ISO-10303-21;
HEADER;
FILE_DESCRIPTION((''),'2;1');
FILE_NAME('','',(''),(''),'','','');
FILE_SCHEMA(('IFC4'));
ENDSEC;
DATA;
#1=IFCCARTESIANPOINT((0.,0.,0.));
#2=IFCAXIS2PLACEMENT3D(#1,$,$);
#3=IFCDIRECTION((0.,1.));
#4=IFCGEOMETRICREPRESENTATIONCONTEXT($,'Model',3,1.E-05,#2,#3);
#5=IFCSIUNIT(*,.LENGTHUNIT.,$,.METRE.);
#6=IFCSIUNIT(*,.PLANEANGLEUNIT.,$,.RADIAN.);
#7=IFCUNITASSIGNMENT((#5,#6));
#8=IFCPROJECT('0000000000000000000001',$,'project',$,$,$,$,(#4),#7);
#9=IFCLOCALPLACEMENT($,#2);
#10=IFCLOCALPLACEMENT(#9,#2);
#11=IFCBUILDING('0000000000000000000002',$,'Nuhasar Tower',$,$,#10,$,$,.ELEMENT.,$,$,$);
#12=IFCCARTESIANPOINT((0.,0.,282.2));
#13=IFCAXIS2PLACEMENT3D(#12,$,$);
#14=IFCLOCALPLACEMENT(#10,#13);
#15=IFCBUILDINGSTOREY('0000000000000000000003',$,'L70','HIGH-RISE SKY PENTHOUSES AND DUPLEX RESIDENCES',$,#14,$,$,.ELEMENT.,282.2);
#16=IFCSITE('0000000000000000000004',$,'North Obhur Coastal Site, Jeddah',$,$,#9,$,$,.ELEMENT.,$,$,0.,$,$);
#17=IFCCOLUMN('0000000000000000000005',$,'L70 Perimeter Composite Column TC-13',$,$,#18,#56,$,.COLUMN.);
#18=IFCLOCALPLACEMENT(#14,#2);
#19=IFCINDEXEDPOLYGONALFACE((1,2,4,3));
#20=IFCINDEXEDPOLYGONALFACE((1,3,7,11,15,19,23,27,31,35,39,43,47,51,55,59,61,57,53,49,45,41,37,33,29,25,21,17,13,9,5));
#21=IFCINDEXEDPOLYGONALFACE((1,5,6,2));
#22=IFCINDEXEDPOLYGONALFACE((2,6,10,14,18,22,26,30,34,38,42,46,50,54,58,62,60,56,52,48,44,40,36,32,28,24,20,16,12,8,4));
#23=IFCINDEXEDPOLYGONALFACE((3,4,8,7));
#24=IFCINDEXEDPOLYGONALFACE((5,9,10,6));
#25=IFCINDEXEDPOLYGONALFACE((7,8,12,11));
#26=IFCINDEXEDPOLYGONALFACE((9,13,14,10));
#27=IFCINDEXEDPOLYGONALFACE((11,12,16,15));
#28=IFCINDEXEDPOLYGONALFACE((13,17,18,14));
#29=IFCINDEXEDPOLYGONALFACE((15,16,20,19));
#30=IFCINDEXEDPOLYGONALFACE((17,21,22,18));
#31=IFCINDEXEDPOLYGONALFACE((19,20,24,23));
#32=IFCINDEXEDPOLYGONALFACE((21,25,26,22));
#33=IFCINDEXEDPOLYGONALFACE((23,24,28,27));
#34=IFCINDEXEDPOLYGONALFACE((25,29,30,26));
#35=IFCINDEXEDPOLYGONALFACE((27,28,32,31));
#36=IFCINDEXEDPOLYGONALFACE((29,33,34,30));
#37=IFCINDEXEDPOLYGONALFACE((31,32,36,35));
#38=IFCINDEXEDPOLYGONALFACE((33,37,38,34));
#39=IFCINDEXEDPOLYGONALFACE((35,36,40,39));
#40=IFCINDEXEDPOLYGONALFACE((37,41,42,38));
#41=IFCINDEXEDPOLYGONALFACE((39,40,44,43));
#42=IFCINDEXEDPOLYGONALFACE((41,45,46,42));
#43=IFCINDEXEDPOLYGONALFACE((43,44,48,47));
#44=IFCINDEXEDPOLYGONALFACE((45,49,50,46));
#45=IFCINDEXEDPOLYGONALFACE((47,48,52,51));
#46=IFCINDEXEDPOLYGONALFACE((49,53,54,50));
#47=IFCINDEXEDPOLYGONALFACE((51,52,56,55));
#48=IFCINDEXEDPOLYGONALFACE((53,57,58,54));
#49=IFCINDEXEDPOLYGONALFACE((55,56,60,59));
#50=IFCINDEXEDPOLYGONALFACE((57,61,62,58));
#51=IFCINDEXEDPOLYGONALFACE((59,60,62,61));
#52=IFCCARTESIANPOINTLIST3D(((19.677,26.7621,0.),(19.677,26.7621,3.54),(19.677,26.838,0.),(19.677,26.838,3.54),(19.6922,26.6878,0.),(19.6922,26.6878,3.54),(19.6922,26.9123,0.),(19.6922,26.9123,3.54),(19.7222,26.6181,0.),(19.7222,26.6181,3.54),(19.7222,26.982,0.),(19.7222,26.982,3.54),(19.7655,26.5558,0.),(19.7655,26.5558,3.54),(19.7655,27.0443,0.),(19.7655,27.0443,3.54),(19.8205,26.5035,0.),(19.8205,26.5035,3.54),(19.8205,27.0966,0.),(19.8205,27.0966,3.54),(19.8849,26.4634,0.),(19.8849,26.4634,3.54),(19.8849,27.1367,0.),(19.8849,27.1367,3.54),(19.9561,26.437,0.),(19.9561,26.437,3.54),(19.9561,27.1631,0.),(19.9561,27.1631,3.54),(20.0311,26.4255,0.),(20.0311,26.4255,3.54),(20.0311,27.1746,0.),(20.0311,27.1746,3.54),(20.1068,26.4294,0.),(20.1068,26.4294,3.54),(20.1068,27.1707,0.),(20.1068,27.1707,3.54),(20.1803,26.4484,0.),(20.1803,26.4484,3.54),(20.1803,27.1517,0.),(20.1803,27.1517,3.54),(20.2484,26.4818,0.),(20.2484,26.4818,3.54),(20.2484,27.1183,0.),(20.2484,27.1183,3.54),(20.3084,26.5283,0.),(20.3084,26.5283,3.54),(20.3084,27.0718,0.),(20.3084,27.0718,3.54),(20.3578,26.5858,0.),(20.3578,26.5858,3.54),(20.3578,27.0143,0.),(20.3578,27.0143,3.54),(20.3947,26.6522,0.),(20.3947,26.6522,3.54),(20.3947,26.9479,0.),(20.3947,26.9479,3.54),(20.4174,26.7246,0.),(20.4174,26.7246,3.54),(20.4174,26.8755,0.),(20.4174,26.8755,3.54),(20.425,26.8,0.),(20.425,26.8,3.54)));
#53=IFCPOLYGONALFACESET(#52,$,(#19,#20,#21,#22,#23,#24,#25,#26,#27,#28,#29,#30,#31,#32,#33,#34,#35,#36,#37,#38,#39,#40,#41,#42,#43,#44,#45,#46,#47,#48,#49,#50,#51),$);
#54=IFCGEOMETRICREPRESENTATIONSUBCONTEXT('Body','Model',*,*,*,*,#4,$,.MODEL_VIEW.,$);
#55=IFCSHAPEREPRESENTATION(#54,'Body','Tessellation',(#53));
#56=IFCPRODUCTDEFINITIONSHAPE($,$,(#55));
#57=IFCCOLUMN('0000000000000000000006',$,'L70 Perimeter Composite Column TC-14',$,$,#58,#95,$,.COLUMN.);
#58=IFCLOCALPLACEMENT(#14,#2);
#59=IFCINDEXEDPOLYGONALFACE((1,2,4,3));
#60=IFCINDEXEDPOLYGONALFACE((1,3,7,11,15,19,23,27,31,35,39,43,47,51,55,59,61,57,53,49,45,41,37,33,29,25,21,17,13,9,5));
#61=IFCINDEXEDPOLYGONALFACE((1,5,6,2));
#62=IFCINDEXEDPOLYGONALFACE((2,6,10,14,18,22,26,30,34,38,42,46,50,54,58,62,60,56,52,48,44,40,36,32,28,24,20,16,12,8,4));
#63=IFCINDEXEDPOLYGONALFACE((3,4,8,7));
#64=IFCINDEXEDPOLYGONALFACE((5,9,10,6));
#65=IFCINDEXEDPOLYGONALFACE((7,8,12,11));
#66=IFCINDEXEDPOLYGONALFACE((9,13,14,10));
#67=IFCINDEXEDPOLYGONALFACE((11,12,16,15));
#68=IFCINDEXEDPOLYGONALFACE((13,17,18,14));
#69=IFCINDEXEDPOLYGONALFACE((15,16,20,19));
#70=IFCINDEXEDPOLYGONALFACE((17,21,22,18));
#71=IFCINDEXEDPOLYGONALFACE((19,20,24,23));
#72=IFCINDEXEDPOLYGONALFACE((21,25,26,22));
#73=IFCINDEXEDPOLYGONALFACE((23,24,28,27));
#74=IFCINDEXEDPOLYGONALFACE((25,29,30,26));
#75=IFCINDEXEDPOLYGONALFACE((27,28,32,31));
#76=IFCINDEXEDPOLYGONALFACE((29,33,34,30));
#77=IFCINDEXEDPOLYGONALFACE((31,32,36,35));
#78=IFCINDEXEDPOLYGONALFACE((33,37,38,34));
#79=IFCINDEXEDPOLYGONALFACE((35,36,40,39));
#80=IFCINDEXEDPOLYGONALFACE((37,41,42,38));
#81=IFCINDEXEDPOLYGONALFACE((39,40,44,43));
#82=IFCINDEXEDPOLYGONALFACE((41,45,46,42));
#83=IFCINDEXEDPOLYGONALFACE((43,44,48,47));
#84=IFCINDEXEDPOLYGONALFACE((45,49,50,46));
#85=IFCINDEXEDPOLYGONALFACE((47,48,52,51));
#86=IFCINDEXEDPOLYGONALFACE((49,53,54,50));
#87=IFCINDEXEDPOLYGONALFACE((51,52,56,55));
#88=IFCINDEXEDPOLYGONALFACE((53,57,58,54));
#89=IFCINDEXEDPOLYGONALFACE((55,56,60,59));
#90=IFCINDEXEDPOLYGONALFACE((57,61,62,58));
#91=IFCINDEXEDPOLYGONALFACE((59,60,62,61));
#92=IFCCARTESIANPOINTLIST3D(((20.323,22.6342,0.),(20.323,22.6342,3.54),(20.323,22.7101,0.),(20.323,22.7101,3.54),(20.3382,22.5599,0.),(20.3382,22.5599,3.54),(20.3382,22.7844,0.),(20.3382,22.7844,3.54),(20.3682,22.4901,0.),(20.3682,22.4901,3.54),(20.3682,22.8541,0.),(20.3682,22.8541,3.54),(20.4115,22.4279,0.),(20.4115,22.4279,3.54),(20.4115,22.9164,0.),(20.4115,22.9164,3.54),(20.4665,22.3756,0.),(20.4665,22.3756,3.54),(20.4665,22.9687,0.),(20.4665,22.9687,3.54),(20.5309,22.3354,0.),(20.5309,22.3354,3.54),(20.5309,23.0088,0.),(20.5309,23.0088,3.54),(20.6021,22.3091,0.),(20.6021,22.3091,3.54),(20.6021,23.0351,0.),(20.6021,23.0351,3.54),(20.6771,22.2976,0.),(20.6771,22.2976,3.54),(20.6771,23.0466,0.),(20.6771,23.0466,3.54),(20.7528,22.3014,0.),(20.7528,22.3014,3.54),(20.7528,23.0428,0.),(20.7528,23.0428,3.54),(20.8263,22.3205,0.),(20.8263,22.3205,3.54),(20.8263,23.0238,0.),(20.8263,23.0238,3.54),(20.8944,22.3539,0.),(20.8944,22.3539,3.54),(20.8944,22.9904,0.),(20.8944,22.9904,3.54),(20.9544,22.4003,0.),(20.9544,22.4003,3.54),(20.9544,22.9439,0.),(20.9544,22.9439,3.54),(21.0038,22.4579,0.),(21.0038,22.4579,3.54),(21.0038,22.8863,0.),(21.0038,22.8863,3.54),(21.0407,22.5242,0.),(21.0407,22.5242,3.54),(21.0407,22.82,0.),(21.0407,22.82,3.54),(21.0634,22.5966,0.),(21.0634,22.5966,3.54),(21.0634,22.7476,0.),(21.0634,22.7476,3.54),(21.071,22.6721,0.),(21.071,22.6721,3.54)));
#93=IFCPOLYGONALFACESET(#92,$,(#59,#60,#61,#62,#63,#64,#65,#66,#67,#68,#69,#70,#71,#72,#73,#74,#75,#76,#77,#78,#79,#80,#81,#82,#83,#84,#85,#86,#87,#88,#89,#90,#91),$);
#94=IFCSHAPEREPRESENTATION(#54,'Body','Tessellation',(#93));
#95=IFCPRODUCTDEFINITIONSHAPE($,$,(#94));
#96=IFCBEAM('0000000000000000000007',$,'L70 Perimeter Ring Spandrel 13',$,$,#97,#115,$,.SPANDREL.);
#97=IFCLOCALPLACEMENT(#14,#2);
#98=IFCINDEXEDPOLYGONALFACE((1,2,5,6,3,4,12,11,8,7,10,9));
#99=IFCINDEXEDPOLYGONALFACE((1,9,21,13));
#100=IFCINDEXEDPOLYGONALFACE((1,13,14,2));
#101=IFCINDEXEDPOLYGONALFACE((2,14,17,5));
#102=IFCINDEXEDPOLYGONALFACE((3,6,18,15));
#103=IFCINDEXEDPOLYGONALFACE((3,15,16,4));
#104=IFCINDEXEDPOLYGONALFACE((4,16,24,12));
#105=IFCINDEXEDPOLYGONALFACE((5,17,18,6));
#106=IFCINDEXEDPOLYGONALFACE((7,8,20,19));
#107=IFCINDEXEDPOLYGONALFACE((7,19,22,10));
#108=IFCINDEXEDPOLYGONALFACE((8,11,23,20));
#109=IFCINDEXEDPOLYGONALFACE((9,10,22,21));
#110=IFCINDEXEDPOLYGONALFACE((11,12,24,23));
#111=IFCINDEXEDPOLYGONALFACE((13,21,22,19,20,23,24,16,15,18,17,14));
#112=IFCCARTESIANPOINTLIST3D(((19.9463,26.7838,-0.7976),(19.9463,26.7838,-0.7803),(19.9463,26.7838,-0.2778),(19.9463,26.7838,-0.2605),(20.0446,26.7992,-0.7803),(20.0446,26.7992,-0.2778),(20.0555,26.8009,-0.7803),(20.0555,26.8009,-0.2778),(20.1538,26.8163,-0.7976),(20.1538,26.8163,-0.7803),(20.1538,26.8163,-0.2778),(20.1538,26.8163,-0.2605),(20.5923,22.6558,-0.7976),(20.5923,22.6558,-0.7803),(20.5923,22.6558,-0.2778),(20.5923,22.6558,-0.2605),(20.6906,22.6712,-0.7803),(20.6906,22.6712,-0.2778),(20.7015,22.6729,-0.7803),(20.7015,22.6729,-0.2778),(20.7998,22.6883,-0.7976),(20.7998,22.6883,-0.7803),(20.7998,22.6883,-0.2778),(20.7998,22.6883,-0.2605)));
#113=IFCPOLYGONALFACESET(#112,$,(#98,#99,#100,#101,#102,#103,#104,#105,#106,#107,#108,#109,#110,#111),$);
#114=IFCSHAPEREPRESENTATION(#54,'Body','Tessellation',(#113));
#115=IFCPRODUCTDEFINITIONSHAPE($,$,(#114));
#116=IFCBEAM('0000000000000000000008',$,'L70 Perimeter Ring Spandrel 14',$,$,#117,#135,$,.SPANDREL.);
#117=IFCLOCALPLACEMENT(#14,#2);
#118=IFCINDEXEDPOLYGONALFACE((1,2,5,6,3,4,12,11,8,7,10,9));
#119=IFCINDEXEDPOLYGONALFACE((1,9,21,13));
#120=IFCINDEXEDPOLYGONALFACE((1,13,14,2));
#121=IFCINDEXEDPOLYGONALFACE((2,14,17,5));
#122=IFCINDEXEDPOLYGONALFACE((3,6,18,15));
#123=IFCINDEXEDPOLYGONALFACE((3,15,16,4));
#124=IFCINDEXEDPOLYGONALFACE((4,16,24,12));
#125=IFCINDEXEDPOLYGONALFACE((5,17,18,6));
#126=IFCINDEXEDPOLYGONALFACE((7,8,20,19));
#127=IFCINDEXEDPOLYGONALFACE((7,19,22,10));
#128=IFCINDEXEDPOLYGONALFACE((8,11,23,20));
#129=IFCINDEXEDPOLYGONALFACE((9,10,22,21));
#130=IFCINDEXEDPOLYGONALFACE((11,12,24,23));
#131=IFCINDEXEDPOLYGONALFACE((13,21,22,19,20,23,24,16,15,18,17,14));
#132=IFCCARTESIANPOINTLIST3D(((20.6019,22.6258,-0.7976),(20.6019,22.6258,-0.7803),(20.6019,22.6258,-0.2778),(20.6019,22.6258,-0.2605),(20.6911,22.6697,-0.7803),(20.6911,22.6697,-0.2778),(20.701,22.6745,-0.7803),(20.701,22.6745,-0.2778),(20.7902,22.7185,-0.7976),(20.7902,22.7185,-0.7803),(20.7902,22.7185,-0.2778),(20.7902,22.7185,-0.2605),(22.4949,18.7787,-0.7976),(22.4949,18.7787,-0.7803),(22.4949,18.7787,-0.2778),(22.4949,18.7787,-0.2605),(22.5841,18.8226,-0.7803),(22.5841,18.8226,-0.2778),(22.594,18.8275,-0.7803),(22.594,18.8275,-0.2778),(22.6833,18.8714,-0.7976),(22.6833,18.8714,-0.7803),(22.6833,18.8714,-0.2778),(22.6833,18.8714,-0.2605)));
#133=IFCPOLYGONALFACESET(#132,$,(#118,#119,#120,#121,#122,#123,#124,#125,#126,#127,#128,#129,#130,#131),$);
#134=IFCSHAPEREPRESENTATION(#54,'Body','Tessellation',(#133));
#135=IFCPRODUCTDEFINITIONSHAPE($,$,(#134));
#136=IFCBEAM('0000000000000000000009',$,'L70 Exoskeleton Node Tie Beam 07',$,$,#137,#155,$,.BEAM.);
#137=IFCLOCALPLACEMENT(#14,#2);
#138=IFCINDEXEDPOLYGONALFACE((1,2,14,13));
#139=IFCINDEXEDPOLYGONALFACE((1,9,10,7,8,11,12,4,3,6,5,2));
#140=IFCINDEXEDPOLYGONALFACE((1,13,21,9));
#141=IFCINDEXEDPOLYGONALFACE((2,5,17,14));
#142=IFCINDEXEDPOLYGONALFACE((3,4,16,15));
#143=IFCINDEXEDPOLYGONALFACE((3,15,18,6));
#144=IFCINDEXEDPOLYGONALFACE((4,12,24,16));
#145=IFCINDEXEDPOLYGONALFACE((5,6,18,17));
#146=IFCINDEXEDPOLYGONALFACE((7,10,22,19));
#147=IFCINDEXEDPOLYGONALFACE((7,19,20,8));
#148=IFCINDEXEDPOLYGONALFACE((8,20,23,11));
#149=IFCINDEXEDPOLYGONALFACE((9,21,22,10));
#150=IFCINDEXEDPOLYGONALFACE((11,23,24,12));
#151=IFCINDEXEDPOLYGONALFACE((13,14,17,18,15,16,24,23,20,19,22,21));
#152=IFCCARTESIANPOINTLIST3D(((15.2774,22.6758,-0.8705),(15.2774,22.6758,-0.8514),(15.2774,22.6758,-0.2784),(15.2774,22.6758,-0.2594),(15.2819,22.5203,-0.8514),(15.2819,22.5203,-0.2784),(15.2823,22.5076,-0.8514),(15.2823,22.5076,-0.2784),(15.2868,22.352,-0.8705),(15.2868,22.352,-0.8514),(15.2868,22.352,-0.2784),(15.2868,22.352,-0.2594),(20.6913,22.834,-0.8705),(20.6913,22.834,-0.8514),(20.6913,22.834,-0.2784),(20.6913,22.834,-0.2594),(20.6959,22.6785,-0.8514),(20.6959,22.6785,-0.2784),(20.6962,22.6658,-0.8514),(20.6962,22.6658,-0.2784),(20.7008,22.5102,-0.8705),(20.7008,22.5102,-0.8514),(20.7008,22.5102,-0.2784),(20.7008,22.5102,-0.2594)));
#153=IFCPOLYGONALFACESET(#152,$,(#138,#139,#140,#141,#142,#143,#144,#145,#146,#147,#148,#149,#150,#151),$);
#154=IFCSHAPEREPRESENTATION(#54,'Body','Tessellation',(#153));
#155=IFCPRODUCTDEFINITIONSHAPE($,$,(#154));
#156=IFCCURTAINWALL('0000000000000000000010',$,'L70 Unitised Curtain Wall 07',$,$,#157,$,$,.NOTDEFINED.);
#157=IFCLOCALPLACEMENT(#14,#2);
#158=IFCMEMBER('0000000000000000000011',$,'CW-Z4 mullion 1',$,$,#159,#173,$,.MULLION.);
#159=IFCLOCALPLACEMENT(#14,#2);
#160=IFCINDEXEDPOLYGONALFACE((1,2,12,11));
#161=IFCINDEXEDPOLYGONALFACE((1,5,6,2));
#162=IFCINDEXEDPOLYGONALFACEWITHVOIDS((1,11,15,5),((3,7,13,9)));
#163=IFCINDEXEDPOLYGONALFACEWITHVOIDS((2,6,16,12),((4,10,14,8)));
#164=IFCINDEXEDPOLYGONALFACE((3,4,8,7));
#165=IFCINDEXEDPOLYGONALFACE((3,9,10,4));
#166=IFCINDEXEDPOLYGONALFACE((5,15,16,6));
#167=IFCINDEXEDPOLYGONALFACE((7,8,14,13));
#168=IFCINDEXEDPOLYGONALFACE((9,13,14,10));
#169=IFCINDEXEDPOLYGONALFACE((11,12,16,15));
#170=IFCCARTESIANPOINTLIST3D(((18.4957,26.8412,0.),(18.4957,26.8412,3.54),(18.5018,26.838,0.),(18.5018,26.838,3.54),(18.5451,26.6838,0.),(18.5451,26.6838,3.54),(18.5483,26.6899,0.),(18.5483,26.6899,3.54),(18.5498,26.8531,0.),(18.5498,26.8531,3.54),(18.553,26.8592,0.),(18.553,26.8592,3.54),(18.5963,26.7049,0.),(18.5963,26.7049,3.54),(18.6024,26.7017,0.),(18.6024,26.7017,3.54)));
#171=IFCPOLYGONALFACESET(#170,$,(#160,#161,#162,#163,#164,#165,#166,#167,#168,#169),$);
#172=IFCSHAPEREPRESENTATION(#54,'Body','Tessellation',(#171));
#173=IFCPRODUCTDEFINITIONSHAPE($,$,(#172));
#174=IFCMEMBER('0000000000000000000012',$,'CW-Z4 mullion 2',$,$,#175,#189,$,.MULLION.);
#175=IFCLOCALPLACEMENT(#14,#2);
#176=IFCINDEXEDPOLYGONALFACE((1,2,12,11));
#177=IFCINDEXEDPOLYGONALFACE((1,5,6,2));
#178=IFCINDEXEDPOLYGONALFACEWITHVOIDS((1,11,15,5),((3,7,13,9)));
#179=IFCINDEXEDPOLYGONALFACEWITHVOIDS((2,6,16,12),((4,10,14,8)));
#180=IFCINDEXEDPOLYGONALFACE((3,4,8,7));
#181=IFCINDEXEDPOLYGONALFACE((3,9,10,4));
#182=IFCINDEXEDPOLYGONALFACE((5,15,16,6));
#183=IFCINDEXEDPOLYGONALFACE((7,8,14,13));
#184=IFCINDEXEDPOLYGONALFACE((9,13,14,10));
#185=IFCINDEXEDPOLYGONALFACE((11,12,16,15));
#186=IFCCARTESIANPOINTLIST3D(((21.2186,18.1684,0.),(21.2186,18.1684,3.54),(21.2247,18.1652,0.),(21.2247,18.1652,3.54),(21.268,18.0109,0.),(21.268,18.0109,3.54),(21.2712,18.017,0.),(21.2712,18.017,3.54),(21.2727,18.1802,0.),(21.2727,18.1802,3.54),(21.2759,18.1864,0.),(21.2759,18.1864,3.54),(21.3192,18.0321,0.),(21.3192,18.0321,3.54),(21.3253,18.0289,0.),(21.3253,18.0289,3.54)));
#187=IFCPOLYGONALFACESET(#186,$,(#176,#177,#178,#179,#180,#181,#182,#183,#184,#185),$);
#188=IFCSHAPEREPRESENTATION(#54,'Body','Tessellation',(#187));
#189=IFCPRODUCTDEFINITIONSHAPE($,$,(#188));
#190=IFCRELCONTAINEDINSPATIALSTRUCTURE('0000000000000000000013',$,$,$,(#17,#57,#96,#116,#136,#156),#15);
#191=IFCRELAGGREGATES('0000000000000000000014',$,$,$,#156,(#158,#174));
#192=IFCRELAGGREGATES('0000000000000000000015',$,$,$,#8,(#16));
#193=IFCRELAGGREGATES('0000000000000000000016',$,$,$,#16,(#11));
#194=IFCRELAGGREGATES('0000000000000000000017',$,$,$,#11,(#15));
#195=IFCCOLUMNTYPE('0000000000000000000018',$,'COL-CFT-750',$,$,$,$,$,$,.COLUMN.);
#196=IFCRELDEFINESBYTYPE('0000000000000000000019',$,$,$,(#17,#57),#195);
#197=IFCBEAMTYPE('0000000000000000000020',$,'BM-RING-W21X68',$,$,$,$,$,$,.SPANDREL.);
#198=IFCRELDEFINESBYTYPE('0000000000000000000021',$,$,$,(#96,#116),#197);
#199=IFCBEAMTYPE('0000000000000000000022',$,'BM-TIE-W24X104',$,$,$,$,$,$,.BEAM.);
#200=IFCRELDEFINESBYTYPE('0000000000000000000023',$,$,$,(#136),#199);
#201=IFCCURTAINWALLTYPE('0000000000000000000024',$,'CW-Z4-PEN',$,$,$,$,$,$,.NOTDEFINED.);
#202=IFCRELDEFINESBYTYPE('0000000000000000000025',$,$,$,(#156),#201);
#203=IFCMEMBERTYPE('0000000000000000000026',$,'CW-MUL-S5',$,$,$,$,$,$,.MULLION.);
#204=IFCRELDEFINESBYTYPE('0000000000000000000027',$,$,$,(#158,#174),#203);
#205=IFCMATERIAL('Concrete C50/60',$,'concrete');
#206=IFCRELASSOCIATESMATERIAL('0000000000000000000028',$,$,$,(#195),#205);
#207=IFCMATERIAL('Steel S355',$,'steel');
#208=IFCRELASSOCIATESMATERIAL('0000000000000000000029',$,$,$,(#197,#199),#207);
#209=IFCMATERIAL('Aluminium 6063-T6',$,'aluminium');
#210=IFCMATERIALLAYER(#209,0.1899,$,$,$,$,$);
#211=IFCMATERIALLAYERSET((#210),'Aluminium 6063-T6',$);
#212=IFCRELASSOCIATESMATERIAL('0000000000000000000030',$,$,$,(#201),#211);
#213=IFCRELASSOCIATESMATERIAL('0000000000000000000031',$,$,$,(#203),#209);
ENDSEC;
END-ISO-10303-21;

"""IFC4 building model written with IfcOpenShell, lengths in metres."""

from ifc_helpers import new_model, si_unit, direction, frame, origin, origin_2d, place, context, subcontext, project, spatial, hollow_rectangle, circle, i_section, extrude, material, layer, layer_set, material_profile, profile_set, type_object, element, aggregate, save


model = new_model("IFC4")

# Units and contexts
model_context = context("Model", 3, precision=1e-05, world=origin(), true_north=direction((0.0, 1.0)))
body_context = subcontext(model_context, "Body", "Model", "MODEL_VIEW")
ifc_project = project(units=[si_unit("LENGTHUNIT", "METRE"), si_unit("PLANEANGLEUNIT", "RADIAN")], contexts=[model_context])

# Site, building, storey
site_placement = place(None, origin())
site = spatial("IfcSite", under=ifc_project, at=site_placement, Name="North Obhur Coastal Site, Jeddah", CompositionType="ELEMENT", RefElevation=0.0)
building_placement = place(site_placement, origin())
building = spatial("IfcBuilding", under=site, at=building_placement, Name="Nuhasar Tower", CompositionType="ELEMENT")
storey_placement = place(building_placement, frame((0.0, 0.0, 282.2)))
storey = spatial("IfcBuildingStorey", under=building, at=storey_placement, Name="L70", Description="HIGH-RISE SKY PENTHOUSES AND DUPLEX RESIDENCES", CompositionType="ELEMENT", Elevation=282.2)

# Columns
ifc_material_1 = material(Name="Concrete C50/60", Category="concrete")
ifc_material_profile_1 = material_profile(ifc_material_1, circle(Radius=0.375, at=origin_2d()), Name="CFT750")
ifc_profile_set_1 = profile_set([ifc_material_profile_1], Name="Concrete C50/60")
column_type = type_object("IfcColumnType", Name="COL-CFT-750", PredefinedType="COLUMN", material=ifc_profile_set_1)
for number, where, z_axis, x_axis, name in (
    (1, (20.05, 26.8, 0.0), (0.0, 0.0, 1.0), (1.0, 0.0, 0.0), "L70 Perimeter Composite Column TC-13"),
    (2, (20.696, 22.6721, 0.0), (0.0, 0.0, 1.0), (1.0, 0.0, 0.0), "L70 Perimeter Composite Column TC-14"),
):
    element("IfcColumn", number, at=place(storey_placement, frame(where, z_axis=z_axis, x_axis=x_axis)), inside=storey, type_object=column_type, Name=name, PredefinedType="COLUMN", context=body_context, shape_type="SweptSolid", body=[
        extrude(circle(Radius=0.375, at=origin_2d()), origin(), (0.0, 0.0, 1.0), 3.54),
    ])

# Beams
ifc_material_2 = material(Name="Steel S355", Category="steel")
ifc_material_profile_2 = material_profile(ifc_material_2, i_section(OverallWidth=0.21, OverallDepth=0.5371, WebThickness=0.011, FlangeThickness=0.0173, at=origin_2d()), Name="W21X68")
ifc_profile_set_2 = profile_set([ifc_material_profile_2], Name="Steel S355")
beam_type_1 = type_object("IfcBeamType", Name="BM-RING-W21X68", PredefinedType="SPANDREL", material=ifc_profile_set_2)
beam_1_placement = place(storey_placement, frame((20.05, 26.8, -0.5291), z_axis=(0.154612, -0.987975, 0.0), x_axis=(0.987975, 0.154612, 0.0)))
element("IfcBeam", 3, at=beam_1_placement, inside=storey, type_object=beam_type_1, Name="L70 Perimeter Ring Spandrel 13", PredefinedType="SPANDREL", context=body_context, shape_type="SweptSolid", body=[
    extrude(i_section(OverallWidth=0.21, OverallDepth=0.5371, WebThickness=0.011, FlangeThickness=0.0173, at=origin_2d()), origin(), (0.0, 0.0, 1.0), 4.1782),
])
beam_2_placement = place(storey_placement, frame((20.696, 22.6721, -0.5291), z_axis=(0.441511, -0.897256, 0.0), x_axis=(0.897256, 0.441511, 0.0)))
element("IfcBeam", 4, at=beam_2_placement, inside=storey, type_object=beam_type_1, Name="L70 Perimeter Ring Spandrel 14", PredefinedType="SPANDREL", context=body_context, shape_type="SweptSolid", body=[
    extrude(i_section(OverallWidth=0.21, OverallDepth=0.5371, WebThickness=0.011, FlangeThickness=0.0173, at=origin_2d()), origin(), (0.0, 0.0, 1.0), 4.2876),
])
ifc_material_profile_3 = material_profile(ifc_material_2, i_section(OverallWidth=0.324, OverallDepth=0.6111, WebThickness=0.0127, FlangeThickness=0.019, at=origin_2d()), Name="W24X104")
ifc_profile_set_3 = profile_set([ifc_material_profile_3], Name="Steel S355")
beam_type_2 = type_object("IfcBeamType", Name="BM-TIE-W24X104", PredefinedType="BEAM", material=ifc_profile_set_3)
beam_3_placement = place(storey_placement, frame((20.696, 22.6721, -0.5649), z_axis=(-0.999573, -0.029208, 0.0), x_axis=(0.029208, -0.999573, 0.0)))
element("IfcBeam", 5, at=beam_3_placement, inside=storey, type_object=beam_type_2, Name="L70 Exoskeleton Node Tie Beam 07", PredefinedType="BEAM", context=body_context, shape_type="SweptSolid", body=[
    extrude(i_section(OverallWidth=0.324, OverallDepth=0.6111, WebThickness=0.0127, FlangeThickness=0.019, at=origin_2d()), origin(), (0.0, 0.0, 1.0), 5.4163),
])

# Curtain wall, members
ifc_material_3 = material(Name="Aluminium 6063-T6", Category="aluminium")
ifc_layer_1 = layer(ifc_material_3, 0.1899)
ifc_layer_set_1 = layer_set([ifc_layer_1], Name="Aluminium 6063-T6")
curtain_wall_type = type_object("IfcCurtainWallType", Name="CW-Z4-PEN", PredefinedType="NOTDEFINED", material=ifc_layer_set_1)
curtain_wall_1_placement = place(storey_placement, origin())
curtain_wall_1 = element("IfcCurtainWall", 6, at=curtain_wall_1_placement, inside=storey, type_object=curtain_wall_type, Name="L70 Unitised Curtain Wall 07", PredefinedType="NOTDEFINED")
ifc_material_profile_4 = material_profile(ifc_material_3, hollow_rectangle(XDim=0.0601, YDim=0.165, WallThickness=0.0049, at=origin_2d()), Name="CWM-5")
ifc_profile_set_4 = profile_set([ifc_material_profile_4], Name="Aluminium 6063-T6")
member_type_1 = type_object("IfcMemberType", Name="CW-MUL-S5", PredefinedType="MULLION", material=ifc_profile_set_4)
member_1_placement = place(storey_placement, frame((18.5491, 26.7715, 0.0), z_axis=(0.0, 0.0, 1.0), x_axis=(0.954079, 0.299557, 0.0)))
member_1 = element("IfcMember", 7, at=member_1_placement, type_object=member_type_1, Name="CW-Z4 mullion 1", PredefinedType="MULLION", context=body_context, shape_type="SweptSolid", body=[
    extrude(hollow_rectangle(XDim=0.0601, YDim=0.165, WallThickness=0.0049, at=origin_2d()), origin(), (0.0, 0.0, 1.0), 3.54),
])
member_2_placement = place(storey_placement, frame((21.272, 18.0986, 0.0), z_axis=(0.0, 0.0, 1.0), x_axis=(0.954079, 0.299557, 0.0)))
member_2 = element("IfcMember", 8, at=member_2_placement, type_object=member_type_1, Name="CW-Z4 mullion 2", PredefinedType="MULLION", context=body_context, shape_type="SweptSolid", body=[
    extrude(hollow_rectangle(XDim=0.0601, YDim=0.165, WallThickness=0.0049, at=origin_2d()), origin(), (0.0, 0.0, 1.0), 3.54),
])

aggregate(curtain_wall_1, [member_1, member_2])

save(model, "model.ifc")
